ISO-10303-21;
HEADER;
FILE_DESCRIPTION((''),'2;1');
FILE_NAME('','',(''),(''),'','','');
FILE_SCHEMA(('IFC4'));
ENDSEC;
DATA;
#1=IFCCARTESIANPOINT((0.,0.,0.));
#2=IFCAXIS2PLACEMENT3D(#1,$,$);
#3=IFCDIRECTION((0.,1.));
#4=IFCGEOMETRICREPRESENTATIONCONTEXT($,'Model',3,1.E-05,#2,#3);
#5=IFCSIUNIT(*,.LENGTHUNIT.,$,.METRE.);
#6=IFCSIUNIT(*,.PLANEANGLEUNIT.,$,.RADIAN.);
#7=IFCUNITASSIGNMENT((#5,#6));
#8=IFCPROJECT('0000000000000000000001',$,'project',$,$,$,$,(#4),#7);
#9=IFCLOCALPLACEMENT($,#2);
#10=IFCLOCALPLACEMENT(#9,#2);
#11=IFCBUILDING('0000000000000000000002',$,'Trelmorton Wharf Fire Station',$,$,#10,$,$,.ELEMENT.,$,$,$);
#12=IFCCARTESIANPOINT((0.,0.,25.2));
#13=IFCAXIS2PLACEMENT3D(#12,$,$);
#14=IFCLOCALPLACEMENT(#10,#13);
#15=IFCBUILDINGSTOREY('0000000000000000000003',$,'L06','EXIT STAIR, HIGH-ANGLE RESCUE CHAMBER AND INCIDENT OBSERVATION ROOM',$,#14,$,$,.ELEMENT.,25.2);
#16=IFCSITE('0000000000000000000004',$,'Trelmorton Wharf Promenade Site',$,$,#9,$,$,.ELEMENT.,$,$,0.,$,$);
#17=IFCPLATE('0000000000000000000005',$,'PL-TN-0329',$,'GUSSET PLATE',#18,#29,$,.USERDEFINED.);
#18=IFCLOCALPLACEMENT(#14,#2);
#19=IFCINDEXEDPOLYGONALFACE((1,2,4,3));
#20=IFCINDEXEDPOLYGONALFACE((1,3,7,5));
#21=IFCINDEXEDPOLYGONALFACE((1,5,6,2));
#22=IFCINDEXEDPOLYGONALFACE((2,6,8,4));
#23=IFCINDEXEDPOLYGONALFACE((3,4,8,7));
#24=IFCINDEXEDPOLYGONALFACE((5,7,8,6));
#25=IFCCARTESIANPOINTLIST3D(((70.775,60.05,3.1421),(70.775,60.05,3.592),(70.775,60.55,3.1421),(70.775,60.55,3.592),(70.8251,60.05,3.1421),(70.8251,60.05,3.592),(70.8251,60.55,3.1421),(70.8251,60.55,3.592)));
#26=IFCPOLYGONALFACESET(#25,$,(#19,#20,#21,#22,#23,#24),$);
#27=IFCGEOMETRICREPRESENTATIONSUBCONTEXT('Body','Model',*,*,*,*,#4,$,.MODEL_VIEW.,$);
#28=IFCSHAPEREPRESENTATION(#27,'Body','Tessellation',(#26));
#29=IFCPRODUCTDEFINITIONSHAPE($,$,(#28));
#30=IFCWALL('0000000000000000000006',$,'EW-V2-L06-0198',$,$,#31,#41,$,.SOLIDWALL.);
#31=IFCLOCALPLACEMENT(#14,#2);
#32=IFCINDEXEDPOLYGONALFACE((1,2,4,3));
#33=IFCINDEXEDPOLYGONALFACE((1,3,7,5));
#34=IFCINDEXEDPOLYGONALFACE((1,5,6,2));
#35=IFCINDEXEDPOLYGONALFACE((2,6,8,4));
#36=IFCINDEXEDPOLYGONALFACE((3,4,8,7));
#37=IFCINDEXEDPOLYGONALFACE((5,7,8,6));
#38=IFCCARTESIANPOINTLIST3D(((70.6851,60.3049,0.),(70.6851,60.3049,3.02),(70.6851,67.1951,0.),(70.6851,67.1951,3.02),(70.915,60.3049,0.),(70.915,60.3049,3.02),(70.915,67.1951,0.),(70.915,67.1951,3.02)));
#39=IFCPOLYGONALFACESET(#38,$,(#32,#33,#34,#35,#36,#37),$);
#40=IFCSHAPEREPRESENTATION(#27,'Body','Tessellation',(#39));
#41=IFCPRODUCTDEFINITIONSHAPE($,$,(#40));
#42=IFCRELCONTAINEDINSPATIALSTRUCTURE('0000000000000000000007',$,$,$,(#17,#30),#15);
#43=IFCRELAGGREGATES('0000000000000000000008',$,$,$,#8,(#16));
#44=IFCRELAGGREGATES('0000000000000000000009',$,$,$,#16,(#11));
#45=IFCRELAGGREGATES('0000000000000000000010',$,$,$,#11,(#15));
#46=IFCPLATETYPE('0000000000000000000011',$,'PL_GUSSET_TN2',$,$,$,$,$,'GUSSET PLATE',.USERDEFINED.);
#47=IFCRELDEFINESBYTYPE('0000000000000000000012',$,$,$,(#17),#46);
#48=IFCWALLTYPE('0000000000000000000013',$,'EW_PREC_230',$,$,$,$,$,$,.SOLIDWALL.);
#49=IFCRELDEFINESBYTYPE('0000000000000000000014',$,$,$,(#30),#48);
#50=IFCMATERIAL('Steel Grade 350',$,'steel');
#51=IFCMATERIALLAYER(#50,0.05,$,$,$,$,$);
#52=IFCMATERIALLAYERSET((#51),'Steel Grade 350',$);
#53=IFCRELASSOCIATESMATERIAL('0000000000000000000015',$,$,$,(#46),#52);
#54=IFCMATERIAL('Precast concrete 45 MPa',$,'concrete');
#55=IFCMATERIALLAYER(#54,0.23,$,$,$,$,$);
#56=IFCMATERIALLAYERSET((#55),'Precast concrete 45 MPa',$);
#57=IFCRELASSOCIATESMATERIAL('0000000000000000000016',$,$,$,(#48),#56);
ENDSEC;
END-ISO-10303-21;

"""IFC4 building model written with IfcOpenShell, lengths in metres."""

from ifc_helpers import new_model, si_unit, direction, frame, frame_2d, origin, origin_2d, place, context, subcontext, project, spatial, rectangle, extrude, material, layer, layer_set, type_object, element, save


model = new_model("IFC4")

# Units and contexts
model_context = context("Model", 3, precision=1e-05, world=origin(), true_north=direction((0.0, 1.0)))
body_context = subcontext(model_context, "Body", "Model", "MODEL_VIEW")
ifc_project = project(units=[si_unit("LENGTHUNIT", "METRE"), si_unit("PLANEANGLEUNIT", "RADIAN")], contexts=[model_context])

# Site, building, storey
site_placement = place(None, origin())
site = spatial("IfcSite", under=ifc_project, at=site_placement, Name="Trelmorton Wharf Promenade Site", CompositionType="ELEMENT", RefElevation=0.0)
building_placement = place(site_placement, origin())
building = spatial("IfcBuilding", under=site, at=building_placement, Name="Trelmorton Wharf Fire Station", CompositionType="ELEMENT")
storey_placement = place(building_placement, frame((0.0, 0.0, 25.2)))
storey = spatial("IfcBuildingStorey", under=building, at=storey_placement, Name="L06", Description="EXIT STAIR, HIGH-ANGLE RESCUE CHAMBER AND INCIDENT OBSERVATION ROOM", CompositionType="ELEMENT", Elevation=25.2)

# Plate
ifc_material_1 = material(Name="Steel Grade 350", Category="steel")
ifc_layer_1 = layer(ifc_material_1, 0.05)
ifc_layer_set_1 = layer_set([ifc_layer_1], Name="Steel Grade 350")
plate_type_1 = type_object("IfcPlateType", Name="PL_GUSSET_TN2", ElementType="GUSSET PLATE", PredefinedType="USERDEFINED", material=ifc_layer_set_1)
plate_1_placement = place(storey_placement, frame((70.8, 60.3, 3.1421), z_axis=(0.0, 0.0, 1.0), x_axis=(1.0, 0.0, 0.0)))
element("IfcPlate", 1, at=plate_1_placement, inside=storey, type_object=plate_type_1, Name="PL-TN-0329", ObjectType="GUSSET PLATE", PredefinedType="USERDEFINED", context=body_context, shape_type="SweptSolid", body=[
    extrude(rectangle(XDim=0.05, YDim=0.5, at=origin_2d()), origin(), (0.0, 0.0, 1.0), 0.45),
])

# Wall
ifc_material_2 = material(Name="Precast concrete 45 MPa", Category="concrete")
ifc_layer_2 = layer(ifc_material_2, 0.23)
ifc_layer_set_2 = layer_set([ifc_layer_2], Name="Precast concrete 45 MPa")
wall_type = type_object("IfcWallType", Name="EW_PREC_230", PredefinedType="SOLIDWALL", material=ifc_layer_set_2)
wall_placement = place(storey_placement, frame((70.8, 60.3049, 0.0), z_axis=(0.0, 0.0, 1.0), x_axis=(0.0, 1.0, 0.0)))
element("IfcWall", 2, at=wall_placement, inside=storey, type_object=wall_type, Name="EW-V2-L06-0198", PredefinedType="SOLIDWALL", context=body_context, shape_type="SweptSolid", body=[
    extrude(rectangle(XDim=6.8901, YDim=0.23, at=frame_2d((3.4451, 0.0))), origin(), (0.0, 0.0, 1.0), 3.02),
])

save(model, "model.ifc")
